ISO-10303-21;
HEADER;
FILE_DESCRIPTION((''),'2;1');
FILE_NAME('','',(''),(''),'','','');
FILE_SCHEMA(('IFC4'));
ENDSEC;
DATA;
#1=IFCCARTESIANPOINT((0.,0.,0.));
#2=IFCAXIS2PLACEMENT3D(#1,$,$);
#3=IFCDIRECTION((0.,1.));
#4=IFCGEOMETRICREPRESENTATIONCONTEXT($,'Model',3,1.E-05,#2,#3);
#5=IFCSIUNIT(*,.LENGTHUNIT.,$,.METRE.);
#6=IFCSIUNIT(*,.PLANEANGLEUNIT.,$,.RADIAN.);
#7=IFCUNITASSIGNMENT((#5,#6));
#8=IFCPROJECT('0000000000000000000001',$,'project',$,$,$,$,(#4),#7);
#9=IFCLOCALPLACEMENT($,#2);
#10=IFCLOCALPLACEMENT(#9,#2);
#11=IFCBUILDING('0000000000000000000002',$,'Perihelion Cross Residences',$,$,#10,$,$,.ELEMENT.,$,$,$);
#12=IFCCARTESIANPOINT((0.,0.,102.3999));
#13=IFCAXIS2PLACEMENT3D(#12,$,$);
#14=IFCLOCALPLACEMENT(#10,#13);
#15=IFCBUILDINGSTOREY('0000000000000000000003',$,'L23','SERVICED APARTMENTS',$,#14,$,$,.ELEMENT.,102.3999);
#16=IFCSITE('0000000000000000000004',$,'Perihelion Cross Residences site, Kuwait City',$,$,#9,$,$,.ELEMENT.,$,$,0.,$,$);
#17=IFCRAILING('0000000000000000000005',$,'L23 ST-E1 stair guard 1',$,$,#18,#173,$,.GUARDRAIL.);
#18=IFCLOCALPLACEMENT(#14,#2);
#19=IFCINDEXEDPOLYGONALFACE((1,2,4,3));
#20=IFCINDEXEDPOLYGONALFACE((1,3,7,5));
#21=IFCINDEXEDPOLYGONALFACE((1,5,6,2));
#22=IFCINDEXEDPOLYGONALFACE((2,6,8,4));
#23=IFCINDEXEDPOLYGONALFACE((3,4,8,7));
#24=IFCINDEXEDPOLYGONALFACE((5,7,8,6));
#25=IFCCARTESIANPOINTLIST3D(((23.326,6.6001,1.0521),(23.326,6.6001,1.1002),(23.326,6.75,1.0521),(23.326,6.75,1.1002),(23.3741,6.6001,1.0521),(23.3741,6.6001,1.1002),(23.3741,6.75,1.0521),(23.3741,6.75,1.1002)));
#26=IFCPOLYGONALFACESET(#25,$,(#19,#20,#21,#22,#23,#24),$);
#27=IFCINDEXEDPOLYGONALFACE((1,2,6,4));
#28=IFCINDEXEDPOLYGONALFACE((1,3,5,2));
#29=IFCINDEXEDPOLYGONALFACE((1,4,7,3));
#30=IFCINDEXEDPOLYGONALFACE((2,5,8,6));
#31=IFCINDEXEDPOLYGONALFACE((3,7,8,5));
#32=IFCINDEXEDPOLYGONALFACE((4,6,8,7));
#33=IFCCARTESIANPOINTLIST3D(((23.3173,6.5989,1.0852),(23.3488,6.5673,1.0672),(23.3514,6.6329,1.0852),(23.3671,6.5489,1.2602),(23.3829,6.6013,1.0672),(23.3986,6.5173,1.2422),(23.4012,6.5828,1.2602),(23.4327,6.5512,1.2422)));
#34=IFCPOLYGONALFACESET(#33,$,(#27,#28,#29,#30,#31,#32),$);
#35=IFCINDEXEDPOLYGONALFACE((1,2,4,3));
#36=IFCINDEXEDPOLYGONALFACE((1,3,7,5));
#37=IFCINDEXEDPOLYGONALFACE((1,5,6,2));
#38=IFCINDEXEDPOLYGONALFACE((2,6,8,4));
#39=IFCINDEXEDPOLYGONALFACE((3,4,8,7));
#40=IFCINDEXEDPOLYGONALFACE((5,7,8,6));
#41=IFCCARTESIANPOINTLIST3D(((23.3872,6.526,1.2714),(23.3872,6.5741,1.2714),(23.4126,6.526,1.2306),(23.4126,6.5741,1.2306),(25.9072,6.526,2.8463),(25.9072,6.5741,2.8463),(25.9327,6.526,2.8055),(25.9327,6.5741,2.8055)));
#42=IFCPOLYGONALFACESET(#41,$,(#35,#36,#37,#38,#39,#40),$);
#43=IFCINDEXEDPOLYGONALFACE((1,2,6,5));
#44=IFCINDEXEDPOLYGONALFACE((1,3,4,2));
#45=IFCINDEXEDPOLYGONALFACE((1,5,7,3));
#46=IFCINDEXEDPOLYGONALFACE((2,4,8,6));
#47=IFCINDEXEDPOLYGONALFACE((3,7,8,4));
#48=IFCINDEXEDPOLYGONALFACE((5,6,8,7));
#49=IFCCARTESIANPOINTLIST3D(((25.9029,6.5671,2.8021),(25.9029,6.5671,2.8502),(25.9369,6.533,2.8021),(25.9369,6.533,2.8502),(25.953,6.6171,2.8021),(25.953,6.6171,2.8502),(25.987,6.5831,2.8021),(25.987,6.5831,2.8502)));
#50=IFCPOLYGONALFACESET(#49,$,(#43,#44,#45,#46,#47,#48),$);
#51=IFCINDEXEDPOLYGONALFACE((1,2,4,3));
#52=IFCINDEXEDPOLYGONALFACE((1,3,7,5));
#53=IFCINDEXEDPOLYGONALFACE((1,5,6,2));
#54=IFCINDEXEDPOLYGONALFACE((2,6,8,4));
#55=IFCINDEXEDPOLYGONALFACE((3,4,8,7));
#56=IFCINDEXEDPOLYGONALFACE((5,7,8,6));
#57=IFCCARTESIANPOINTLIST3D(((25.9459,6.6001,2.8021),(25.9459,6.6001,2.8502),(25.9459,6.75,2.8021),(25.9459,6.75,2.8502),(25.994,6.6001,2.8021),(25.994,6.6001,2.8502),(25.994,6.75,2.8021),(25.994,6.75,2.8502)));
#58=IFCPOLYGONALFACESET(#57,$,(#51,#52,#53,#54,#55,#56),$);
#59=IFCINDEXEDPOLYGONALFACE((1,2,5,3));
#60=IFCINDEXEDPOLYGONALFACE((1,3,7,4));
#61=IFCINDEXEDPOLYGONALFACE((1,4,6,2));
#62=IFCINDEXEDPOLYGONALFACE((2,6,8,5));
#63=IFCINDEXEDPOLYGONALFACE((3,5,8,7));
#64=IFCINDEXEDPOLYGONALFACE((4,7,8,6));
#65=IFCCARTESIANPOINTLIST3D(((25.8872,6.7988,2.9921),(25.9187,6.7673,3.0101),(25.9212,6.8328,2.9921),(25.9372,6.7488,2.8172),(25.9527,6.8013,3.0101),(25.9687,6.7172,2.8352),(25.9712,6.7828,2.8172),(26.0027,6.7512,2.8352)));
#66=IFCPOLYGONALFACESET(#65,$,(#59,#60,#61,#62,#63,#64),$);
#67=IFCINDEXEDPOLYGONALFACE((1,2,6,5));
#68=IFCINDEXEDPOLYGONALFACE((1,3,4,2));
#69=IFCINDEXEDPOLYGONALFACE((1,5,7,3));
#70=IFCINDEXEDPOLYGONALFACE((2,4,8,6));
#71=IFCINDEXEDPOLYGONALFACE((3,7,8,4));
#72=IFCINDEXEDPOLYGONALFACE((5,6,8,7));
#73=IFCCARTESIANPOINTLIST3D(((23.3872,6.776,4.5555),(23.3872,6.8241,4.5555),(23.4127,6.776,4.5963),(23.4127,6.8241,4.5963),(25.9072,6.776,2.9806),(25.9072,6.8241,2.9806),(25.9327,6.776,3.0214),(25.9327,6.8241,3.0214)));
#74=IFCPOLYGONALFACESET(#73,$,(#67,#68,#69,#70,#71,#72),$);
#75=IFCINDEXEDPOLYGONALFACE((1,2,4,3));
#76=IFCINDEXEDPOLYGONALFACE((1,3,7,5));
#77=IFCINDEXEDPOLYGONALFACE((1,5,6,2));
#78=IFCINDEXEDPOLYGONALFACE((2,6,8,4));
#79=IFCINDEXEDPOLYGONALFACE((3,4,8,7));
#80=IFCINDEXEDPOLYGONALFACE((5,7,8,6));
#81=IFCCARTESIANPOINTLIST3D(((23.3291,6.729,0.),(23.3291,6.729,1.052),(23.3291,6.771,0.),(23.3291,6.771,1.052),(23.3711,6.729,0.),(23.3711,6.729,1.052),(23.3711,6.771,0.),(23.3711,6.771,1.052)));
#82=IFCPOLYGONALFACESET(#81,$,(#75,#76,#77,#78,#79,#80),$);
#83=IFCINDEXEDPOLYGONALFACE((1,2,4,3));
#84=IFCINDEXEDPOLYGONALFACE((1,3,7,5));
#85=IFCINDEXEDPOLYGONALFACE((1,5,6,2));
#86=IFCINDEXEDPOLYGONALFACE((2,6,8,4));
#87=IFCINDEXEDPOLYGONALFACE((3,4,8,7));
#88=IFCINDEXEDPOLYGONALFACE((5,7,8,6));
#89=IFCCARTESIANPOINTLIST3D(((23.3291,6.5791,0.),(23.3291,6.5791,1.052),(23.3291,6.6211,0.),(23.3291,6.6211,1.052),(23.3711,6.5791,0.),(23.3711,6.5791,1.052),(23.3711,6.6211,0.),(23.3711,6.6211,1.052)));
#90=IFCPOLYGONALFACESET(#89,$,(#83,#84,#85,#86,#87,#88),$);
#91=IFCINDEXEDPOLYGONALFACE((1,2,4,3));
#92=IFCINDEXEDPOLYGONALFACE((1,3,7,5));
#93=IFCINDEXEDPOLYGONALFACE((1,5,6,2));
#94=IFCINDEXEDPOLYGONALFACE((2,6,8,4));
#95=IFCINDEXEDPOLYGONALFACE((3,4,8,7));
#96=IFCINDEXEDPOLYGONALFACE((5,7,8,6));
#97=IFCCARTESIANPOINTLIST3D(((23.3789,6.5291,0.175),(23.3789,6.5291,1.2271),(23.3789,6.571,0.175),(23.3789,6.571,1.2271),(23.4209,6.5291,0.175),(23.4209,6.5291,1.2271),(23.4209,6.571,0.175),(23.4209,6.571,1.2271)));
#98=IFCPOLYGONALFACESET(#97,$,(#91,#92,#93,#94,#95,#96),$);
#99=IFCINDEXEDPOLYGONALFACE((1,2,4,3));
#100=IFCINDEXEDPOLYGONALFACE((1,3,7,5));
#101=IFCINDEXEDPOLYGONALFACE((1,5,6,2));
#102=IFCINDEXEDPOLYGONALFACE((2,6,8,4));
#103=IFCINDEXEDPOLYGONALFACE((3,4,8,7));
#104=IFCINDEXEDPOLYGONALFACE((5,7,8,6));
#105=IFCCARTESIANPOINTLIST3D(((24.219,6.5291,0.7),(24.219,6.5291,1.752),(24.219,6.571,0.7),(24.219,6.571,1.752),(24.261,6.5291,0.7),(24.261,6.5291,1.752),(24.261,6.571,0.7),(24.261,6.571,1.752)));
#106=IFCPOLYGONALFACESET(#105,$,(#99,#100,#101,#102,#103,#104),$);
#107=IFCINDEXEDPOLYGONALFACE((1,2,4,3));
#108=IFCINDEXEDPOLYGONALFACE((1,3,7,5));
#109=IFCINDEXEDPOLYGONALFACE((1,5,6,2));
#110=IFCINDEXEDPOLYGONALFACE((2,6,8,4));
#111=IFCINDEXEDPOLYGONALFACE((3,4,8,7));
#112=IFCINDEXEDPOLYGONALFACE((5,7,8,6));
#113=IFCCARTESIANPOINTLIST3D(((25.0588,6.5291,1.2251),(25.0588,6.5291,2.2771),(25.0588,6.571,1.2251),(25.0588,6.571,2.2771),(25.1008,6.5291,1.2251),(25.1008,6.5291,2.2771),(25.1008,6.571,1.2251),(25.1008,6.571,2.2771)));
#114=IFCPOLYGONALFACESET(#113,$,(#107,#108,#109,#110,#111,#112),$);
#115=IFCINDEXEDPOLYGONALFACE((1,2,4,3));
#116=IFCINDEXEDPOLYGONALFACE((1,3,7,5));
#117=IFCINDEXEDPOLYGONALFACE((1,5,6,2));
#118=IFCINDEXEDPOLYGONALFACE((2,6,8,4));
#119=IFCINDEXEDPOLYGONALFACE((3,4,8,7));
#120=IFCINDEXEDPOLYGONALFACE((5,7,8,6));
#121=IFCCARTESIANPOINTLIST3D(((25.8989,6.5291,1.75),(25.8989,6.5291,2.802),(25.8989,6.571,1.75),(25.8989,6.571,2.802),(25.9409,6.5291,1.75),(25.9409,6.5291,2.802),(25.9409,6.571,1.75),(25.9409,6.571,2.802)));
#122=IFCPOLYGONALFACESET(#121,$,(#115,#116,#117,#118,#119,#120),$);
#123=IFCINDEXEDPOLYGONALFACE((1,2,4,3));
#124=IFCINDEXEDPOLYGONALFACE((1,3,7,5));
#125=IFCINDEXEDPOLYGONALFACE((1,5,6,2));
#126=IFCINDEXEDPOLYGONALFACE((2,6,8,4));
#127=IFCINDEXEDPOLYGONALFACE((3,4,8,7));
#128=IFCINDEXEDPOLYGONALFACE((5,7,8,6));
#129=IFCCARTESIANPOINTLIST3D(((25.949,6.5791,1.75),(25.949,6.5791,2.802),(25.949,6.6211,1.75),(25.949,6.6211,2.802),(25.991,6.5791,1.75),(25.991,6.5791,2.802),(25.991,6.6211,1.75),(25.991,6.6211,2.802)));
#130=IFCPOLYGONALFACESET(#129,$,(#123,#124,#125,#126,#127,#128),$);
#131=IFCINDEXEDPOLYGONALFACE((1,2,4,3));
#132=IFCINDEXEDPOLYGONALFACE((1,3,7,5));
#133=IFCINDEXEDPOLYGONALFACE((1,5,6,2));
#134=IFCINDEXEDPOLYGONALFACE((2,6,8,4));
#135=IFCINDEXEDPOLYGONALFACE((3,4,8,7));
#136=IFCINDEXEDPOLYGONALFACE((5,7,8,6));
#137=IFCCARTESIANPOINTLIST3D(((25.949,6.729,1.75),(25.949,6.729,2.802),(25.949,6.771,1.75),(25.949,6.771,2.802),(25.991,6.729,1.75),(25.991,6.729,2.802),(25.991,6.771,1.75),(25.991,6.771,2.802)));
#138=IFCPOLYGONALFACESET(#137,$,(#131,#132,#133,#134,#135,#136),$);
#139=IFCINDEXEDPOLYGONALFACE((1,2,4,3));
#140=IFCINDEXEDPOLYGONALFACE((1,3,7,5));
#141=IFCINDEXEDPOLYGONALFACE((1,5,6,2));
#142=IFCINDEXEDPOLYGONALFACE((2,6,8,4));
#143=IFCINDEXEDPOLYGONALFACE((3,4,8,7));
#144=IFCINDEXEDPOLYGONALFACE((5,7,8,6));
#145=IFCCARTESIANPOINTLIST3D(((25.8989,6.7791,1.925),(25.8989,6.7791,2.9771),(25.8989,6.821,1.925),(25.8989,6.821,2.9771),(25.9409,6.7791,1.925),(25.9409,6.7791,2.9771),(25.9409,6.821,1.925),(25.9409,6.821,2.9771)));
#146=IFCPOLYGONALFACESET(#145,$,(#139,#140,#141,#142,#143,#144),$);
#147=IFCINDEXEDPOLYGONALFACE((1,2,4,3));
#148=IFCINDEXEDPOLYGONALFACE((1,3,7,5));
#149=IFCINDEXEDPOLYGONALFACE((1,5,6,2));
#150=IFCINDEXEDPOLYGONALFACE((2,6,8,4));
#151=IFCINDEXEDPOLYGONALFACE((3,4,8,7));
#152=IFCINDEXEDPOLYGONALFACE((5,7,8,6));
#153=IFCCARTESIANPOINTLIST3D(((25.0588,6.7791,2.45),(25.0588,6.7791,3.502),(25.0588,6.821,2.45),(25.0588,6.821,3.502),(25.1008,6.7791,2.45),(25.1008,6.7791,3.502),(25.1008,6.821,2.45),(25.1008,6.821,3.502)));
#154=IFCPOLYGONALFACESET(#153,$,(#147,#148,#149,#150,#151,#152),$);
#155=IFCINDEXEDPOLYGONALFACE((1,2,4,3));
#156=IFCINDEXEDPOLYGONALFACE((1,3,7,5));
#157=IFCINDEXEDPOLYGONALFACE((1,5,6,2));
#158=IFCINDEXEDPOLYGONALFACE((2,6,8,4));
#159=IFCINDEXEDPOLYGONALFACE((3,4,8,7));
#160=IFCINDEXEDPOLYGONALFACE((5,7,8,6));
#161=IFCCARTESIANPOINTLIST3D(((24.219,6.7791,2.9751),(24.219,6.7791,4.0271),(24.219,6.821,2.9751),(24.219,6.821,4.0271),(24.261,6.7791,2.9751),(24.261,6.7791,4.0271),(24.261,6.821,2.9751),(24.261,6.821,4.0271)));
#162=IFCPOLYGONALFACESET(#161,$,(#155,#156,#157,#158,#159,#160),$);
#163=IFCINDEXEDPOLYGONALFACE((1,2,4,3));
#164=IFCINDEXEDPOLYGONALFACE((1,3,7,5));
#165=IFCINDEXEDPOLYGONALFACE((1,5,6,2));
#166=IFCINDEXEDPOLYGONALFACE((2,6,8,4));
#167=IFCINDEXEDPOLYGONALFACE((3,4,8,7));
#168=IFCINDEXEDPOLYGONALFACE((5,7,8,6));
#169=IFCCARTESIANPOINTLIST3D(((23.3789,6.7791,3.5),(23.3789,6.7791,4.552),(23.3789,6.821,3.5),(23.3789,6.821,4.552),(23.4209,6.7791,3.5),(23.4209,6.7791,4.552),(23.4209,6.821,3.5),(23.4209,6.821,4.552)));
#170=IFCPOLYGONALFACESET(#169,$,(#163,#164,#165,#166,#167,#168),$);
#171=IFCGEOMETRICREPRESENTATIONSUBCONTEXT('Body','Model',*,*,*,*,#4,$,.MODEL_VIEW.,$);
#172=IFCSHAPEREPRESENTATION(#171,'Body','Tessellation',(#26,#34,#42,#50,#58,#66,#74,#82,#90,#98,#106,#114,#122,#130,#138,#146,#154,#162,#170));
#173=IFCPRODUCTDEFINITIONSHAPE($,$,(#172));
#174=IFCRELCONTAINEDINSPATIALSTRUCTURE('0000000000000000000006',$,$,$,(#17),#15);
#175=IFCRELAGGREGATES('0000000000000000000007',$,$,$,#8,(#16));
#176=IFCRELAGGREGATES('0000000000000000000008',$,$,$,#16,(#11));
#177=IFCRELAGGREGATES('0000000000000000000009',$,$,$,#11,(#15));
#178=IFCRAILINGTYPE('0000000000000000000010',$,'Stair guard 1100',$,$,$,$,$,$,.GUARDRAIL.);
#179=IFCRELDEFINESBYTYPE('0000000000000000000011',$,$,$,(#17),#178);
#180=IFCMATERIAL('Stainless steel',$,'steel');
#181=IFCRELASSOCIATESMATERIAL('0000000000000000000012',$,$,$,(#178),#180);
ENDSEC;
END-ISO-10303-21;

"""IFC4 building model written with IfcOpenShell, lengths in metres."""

from ifc_helpers import new_model, si_unit, direction, frame, origin, origin_2d, place, context, subcontext, project, spatial, rectangle, extrude, material, type_object, element, save


model = new_model("IFC4")

# Units and contexts
model_context = context("Model", 3, precision=1e-05, world=origin(), true_north=direction((0.0, 1.0)))
body_context = subcontext(model_context, "Body", "Model", "MODEL_VIEW")
ifc_project = project(units=[si_unit("LENGTHUNIT", "METRE"), si_unit("PLANEANGLEUNIT", "RADIAN")], contexts=[model_context])

# Site, building, storey
site_placement = place(None, origin())
site = spatial("IfcSite", under=ifc_project, at=site_placement, Name="Perihelion Cross Residences site, Kuwait City", CompositionType="ELEMENT", RefElevation=0.0)
building_placement = place(site_placement, origin())
building = spatial("IfcBuilding", under=site, at=building_placement, Name="Perihelion Cross Residences", CompositionType="ELEMENT")
storey_placement = place(building_placement, frame((0.0, 0.0, 102.3999)))
storey = spatial("IfcBuildingStorey", under=building, at=storey_placement, Name="L23", Description="SERVICED APARTMENTS", CompositionType="ELEMENT", Elevation=102.3999)

# Railing
ifc_material_1 = material(Name="Stainless steel", Category="steel")
railing_type_1 = type_object("IfcRailingType", Name="Stair guard 1100", PredefinedType="GUARDRAIL", material=ifc_material_1)
railing_1_placement = place(storey_placement, frame((23.3501, 6.75, 0.0)))
element("IfcRailing", 1, at=railing_1_placement, inside=storey, type_object=railing_type_1, Name="L23 ST-E1 stair guard 1", PredefinedType="GUARDRAIL", context=body_context, shape_type="SweptSolid", body=[
    extrude(rectangle(XDim=0.0481, YDim=0.0481, at=origin_2d()), frame((0.0, 0.0, 1.0762), z_axis=(0.0, -1.0, 0.0), x_axis=(1.0, 0.0, 0.0)), (0.0, 0.0, 1.0), 0.1499),
    extrude(rectangle(XDim=0.0481, YDim=0.0481, at=origin_2d()), frame((0.0, -0.1499, 1.0762), z_axis=(0.263862, -0.265156, 0.927399), x_axis=(0.708834, 0.705376, 0.0)), (0.0, 0.0, 1.0), 0.1887),
    extrude(rectangle(XDim=0.0481, YDim=0.0481, at=origin_2d()), frame((0.0498, -0.2, 1.251), z_axis=(0.848008, 0.0, 0.529984), x_axis=(0.0, 1.0, 0.0)), (0.0, 0.0, 1.0), 2.9717),
    extrude(rectangle(XDim=0.0481, YDim=0.0481, at=origin_2d()), frame((2.5698, -0.2, 2.8262), z_axis=(0.707107, 0.707107, 0.0), x_axis=(-0.707107, 0.707107, 0.0)), (0.0, 0.0, 1.0), 0.0708),
    extrude(rectangle(XDim=0.0481, YDim=0.0481, at=origin_2d()), frame((2.6199, -0.1499, 2.8262), z_axis=(0.0, 1.0, 0.0), x_axis=(-1.0, 0.0, 0.0)), (0.0, 0.0, 1.0), 0.1499),
    extrude(rectangle(XDim=0.0481, YDim=0.0481, at=origin_2d()), frame((2.6199, 0.0, 2.8262), z_axis=(-0.265065, 0.265065, 0.927082), x_axis=(-0.707107, -0.707107, 0.0)), (0.0, 0.0, 1.0), 0.1887),
    extrude(rectangle(XDim=0.0481, YDim=0.0481, at=origin_2d()), frame((2.5698, 0.05, 3.001), z_axis=(-0.848008, 0.0, 0.529984), x_axis=(0.0, -1.0, 0.0)), (0.0, 0.0, 1.0), 2.9717),
    extrude(rectangle(XDim=0.042, YDim=0.042, at=origin_2d()), origin(), (0.0, 0.0, 1.0), 1.052),
    extrude(rectangle(XDim=0.042, YDim=0.042, at=origin_2d()), frame((0.0, -0.1499, 0.0)), (0.0, 0.0, 1.0), 1.052),
    extrude(rectangle(XDim=0.042, YDim=0.042, at=origin_2d()), frame((0.0498, -0.2, 0.175)), (0.0, 0.0, 1.0), 1.052),
    extrude(rectangle(XDim=0.042, YDim=0.042, at=origin_2d()), frame((0.8899, -0.2, 0.7)), (0.0, 0.0, 1.0), 1.052),
    extrude(rectangle(XDim=0.042, YDim=0.042, at=origin_2d()), frame((1.7297, -0.2, 1.2251)), (0.0, 0.0, 1.0), 1.052),
    extrude(rectangle(XDim=0.042, YDim=0.042, at=origin_2d()), frame((2.5698, -0.2, 1.75)), (0.0, 0.0, 1.0), 1.052),
    extrude(rectangle(XDim=0.042, YDim=0.042, at=origin_2d()), frame((2.6199, -0.1499, 1.75)), (0.0, 0.0, 1.0), 1.052),
    extrude(rectangle(XDim=0.042, YDim=0.042, at=origin_2d()), frame((2.6199, 0.0, 1.75)), (0.0, 0.0, 1.0), 1.052),
    extrude(rectangle(XDim=0.042, YDim=0.042, at=origin_2d()), frame((2.5698, 0.05, 1.925)), (0.0, 0.0, 1.0), 1.052),
    extrude(rectangle(XDim=0.042, YDim=0.042, at=origin_2d()), frame((1.7297, 0.05, 2.45)), (0.0, 0.0, 1.0), 1.052),
    extrude(rectangle(XDim=0.042, YDim=0.042, at=origin_2d()), frame((0.8899, 0.05, 2.9751)), (0.0, 0.0, 1.0), 1.052),
    extrude(rectangle(XDim=0.042, YDim=0.042, at=origin_2d()), frame((0.0498, 0.05, 3.5)), (0.0, 0.0, 1.0), 1.052),
])

save(model, "model.ifc")
